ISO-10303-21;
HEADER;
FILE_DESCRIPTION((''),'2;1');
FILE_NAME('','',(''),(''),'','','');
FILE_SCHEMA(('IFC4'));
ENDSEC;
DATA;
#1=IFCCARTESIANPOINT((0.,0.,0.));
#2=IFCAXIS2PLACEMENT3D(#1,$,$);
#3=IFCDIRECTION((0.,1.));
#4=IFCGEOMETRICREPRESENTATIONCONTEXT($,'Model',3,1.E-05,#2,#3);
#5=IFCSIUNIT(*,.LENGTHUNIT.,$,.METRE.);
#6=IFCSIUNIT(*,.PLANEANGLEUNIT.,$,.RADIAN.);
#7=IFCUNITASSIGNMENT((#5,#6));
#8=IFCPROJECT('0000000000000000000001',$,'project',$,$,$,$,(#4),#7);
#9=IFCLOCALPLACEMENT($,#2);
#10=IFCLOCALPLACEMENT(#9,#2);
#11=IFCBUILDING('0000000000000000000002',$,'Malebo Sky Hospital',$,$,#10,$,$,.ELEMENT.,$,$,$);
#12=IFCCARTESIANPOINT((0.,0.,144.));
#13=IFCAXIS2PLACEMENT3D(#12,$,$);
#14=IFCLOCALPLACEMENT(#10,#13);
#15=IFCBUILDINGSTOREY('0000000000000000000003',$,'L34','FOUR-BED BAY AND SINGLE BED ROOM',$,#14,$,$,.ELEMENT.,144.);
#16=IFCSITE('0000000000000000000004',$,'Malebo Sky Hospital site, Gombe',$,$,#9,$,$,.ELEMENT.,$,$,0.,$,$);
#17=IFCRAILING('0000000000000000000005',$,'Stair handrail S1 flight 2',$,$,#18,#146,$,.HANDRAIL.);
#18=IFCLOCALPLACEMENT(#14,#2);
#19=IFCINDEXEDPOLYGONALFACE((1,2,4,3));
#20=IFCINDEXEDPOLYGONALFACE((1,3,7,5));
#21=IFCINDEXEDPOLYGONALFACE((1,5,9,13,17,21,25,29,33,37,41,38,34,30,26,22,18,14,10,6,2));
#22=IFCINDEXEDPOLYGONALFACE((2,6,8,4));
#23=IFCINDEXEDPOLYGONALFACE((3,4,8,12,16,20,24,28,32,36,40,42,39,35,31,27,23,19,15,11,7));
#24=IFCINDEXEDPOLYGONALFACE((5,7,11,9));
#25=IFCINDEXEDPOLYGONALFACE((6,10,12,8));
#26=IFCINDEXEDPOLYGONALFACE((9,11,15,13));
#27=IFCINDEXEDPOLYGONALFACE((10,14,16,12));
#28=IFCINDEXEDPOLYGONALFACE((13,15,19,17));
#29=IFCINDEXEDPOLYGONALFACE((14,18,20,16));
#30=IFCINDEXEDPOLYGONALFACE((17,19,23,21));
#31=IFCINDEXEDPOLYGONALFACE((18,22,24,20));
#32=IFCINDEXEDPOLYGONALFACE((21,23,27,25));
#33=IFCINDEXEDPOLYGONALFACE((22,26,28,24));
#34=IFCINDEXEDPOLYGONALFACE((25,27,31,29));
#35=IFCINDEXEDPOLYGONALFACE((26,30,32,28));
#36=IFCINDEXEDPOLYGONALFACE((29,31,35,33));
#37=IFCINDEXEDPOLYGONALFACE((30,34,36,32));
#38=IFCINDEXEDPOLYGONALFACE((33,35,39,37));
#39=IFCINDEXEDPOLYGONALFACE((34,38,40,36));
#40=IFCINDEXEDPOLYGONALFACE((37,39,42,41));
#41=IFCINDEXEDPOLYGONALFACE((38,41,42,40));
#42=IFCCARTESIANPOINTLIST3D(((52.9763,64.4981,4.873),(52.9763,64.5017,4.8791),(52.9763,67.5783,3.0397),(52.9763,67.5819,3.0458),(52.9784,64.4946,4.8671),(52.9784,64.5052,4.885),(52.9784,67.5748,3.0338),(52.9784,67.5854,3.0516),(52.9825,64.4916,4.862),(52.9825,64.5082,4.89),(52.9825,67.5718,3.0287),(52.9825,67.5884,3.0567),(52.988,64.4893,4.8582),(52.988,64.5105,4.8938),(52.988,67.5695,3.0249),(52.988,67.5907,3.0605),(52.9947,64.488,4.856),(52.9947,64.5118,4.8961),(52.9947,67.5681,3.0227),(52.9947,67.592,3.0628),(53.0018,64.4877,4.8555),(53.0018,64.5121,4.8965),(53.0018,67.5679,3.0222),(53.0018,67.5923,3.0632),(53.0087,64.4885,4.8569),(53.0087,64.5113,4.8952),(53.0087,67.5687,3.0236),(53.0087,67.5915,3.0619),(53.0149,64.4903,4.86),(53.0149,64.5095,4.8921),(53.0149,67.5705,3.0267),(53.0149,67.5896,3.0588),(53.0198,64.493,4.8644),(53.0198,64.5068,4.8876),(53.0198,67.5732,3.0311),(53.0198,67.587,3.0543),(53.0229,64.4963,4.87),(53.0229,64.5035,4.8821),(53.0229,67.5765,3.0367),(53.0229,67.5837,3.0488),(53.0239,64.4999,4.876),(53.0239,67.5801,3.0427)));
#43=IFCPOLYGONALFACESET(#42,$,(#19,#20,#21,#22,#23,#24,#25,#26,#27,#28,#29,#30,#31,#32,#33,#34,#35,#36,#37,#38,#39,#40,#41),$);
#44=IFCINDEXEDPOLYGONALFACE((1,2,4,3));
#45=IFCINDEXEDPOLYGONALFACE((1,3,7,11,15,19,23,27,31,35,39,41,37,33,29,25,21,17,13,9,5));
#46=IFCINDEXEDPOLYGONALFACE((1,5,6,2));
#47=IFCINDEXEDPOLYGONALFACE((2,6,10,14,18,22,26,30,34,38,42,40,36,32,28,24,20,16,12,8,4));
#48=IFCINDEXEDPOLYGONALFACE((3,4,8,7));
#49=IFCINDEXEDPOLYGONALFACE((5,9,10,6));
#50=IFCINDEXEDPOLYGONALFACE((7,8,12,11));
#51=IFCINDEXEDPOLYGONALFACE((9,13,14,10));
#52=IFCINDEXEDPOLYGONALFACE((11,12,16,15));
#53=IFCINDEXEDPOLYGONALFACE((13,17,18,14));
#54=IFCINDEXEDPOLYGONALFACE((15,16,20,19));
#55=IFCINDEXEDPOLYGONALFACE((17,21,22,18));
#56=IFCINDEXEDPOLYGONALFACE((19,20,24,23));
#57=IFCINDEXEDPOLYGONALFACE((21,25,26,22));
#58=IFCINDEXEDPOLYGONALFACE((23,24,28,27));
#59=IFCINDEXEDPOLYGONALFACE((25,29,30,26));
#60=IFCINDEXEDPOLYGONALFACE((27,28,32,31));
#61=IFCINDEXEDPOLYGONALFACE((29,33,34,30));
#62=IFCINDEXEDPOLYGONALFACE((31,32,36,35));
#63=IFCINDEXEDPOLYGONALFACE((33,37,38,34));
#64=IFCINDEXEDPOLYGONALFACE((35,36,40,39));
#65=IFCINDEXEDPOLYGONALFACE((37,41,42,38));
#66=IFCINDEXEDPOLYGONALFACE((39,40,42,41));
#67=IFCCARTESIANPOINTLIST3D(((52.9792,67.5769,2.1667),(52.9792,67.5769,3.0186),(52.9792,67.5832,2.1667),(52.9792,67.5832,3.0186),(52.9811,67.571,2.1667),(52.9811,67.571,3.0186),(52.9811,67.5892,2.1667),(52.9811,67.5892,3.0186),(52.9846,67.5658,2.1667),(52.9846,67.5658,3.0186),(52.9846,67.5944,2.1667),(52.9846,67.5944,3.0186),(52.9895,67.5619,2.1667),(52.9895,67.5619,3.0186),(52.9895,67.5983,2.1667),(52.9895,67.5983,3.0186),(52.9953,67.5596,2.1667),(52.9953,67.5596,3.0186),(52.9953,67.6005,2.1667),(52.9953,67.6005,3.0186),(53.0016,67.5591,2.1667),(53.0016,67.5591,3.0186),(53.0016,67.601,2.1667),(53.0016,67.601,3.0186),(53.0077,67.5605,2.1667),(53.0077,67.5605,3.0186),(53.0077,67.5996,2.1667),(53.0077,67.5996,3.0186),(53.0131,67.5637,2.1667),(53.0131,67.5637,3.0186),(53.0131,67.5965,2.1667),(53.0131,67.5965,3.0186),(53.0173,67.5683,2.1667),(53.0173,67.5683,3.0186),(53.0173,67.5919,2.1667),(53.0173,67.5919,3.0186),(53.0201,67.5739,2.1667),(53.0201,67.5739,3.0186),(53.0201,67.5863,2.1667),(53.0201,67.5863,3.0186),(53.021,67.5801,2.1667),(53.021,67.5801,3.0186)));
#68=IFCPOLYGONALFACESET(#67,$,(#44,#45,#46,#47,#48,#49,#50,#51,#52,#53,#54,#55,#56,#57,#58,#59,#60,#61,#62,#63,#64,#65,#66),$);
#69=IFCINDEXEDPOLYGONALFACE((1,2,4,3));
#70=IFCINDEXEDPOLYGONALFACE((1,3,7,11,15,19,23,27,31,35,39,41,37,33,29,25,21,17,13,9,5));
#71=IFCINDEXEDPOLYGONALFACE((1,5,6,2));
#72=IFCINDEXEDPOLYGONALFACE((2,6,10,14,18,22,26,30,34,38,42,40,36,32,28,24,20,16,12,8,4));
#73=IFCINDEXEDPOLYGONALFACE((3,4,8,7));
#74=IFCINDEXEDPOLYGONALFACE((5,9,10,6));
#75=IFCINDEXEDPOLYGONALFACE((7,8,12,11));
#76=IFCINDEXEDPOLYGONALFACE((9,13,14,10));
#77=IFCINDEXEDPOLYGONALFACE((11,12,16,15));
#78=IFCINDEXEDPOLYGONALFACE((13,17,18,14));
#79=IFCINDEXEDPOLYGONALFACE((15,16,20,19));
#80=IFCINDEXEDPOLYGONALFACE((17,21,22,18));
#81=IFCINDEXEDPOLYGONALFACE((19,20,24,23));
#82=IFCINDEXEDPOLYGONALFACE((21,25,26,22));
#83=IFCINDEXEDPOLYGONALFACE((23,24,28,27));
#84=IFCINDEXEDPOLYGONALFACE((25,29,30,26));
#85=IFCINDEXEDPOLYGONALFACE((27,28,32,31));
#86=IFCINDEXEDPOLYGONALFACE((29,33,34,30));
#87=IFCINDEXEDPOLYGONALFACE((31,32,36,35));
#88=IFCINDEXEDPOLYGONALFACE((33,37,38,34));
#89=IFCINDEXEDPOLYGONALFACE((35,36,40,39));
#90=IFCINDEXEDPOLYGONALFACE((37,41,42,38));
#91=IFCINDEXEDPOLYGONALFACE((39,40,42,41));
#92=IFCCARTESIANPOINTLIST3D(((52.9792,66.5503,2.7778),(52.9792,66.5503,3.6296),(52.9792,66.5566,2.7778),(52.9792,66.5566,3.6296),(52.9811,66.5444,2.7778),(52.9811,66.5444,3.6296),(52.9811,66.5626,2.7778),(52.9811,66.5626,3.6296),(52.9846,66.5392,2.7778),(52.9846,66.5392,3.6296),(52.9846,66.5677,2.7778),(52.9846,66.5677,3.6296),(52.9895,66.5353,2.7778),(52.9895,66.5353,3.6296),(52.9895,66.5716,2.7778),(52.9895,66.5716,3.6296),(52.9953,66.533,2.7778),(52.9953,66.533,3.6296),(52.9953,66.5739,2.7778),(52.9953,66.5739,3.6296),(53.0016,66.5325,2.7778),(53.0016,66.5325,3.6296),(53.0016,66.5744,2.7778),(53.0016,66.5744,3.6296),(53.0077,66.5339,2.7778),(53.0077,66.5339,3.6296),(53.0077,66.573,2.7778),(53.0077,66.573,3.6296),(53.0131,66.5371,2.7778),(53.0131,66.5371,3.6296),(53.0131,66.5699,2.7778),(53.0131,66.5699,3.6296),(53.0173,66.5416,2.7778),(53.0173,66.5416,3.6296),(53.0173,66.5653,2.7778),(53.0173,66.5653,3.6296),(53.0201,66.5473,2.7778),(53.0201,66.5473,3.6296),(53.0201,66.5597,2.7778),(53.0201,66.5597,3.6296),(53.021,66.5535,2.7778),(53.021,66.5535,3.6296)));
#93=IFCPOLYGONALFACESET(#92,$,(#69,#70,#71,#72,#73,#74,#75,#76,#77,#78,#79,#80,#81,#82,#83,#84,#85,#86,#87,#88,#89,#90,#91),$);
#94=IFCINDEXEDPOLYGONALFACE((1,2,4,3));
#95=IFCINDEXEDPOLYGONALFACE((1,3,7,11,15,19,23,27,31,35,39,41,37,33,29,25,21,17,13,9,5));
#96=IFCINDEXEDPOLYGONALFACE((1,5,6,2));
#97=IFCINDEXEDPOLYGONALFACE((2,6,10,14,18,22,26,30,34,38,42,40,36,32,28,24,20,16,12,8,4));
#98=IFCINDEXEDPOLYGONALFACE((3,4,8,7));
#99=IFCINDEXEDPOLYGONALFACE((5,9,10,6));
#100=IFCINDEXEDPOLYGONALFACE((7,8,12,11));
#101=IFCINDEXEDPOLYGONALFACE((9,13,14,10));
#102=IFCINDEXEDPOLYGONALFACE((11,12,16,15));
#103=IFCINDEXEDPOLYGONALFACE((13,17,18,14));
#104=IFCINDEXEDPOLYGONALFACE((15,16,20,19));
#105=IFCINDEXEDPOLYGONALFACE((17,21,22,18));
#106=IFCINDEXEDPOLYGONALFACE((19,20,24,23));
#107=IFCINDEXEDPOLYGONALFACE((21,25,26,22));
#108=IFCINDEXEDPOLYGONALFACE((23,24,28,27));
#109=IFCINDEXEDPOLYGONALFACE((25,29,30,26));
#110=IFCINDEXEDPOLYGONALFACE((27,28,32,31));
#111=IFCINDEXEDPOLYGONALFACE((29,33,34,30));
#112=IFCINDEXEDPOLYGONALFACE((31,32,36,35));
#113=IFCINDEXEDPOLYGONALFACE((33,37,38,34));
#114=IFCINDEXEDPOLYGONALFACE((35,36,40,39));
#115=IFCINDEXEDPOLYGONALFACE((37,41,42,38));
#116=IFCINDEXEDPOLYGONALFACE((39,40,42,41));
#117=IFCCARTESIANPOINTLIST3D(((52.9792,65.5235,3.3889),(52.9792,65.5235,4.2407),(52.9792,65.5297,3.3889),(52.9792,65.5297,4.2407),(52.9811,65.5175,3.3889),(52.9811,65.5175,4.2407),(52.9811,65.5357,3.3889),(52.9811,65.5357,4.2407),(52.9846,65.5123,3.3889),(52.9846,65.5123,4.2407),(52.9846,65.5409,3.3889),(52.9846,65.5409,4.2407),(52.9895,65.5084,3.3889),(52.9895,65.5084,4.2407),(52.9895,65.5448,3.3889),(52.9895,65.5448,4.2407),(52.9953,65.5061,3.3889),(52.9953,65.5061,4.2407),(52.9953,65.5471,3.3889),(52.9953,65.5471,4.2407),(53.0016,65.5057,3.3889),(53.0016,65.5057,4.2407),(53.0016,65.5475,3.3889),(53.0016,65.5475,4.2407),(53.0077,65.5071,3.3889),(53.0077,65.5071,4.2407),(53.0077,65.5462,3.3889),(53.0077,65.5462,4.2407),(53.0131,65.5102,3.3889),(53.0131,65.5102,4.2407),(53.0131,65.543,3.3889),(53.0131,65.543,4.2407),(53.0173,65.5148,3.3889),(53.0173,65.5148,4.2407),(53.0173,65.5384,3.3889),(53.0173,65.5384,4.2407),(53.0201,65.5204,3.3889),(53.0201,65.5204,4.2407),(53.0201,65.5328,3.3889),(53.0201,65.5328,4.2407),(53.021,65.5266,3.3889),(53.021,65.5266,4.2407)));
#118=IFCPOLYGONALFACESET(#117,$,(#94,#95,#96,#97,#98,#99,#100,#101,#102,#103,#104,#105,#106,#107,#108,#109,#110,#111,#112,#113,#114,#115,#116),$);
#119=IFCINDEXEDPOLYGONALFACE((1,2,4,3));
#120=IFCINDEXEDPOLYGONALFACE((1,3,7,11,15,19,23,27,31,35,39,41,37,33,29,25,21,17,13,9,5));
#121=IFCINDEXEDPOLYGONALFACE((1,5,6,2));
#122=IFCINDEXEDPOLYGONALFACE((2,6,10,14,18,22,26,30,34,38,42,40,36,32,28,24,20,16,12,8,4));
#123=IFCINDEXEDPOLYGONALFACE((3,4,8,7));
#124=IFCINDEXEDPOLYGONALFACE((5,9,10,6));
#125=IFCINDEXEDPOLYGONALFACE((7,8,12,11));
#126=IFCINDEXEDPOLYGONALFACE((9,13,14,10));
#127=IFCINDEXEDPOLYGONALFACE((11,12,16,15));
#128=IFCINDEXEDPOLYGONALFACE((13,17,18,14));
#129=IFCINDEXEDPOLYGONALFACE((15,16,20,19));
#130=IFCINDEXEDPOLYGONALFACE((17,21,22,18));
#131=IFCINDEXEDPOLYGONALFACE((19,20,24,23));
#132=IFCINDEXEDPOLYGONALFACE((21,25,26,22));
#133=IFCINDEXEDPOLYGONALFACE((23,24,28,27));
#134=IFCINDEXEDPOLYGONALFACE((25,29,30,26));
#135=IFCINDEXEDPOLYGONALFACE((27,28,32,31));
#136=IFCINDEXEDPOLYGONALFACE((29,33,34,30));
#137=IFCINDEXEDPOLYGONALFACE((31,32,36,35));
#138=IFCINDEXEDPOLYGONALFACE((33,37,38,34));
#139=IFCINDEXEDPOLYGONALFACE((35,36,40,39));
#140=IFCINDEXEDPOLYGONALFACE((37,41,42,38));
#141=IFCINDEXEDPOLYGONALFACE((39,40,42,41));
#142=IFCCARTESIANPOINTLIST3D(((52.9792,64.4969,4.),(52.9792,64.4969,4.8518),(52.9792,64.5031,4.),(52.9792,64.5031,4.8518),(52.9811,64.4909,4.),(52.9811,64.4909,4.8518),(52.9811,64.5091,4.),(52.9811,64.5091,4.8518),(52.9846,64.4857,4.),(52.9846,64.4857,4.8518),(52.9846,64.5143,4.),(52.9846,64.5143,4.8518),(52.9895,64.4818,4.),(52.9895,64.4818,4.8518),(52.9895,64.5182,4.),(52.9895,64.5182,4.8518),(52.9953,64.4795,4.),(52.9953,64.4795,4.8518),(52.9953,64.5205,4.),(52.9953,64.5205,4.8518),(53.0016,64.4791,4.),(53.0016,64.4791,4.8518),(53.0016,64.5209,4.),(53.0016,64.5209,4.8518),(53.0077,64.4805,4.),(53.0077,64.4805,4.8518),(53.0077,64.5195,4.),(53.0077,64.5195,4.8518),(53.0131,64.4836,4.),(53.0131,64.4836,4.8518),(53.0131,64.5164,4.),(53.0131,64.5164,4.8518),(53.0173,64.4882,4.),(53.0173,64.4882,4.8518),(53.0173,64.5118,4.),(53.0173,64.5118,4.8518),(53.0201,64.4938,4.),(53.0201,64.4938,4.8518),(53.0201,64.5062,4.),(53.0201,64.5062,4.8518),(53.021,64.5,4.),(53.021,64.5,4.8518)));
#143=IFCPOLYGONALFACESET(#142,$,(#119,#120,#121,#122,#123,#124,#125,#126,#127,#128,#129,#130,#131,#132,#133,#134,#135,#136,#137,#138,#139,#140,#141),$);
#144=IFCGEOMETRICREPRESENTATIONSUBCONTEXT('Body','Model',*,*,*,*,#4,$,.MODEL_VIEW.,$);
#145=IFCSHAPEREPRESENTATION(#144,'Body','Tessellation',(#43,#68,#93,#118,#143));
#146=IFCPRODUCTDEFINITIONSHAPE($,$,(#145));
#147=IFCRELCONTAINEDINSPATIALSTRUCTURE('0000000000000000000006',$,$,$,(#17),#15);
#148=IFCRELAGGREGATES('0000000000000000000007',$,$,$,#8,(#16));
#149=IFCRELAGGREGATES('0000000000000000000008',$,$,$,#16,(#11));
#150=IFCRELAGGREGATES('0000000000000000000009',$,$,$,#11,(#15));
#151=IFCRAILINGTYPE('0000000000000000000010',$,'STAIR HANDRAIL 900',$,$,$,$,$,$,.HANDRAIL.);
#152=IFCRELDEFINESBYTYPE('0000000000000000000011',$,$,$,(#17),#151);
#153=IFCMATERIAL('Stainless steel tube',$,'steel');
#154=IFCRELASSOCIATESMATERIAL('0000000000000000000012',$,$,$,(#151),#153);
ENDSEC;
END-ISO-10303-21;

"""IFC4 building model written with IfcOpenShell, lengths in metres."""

from ifc_helpers import new_model, si_unit, direction, frame, origin, origin_2d, place, context, subcontext, project, spatial, circle, extrude, material, type_object, element, save


model = new_model("IFC4")

# Units and contexts
model_context = context("Model", 3, precision=1e-05, world=origin(), true_north=direction((0.0, 1.0)))
body_context = subcontext(model_context, "Body", "Model", "MODEL_VIEW")
ifc_project = project(units=[si_unit("LENGTHUNIT", "METRE"), si_unit("PLANEANGLEUNIT", "RADIAN")], contexts=[model_context])

# Site, building, storey
site_placement = place(None, origin())
site = spatial("IfcSite", under=ifc_project, at=site_placement, Name="Malebo Sky Hospital site, Gombe", CompositionType="ELEMENT", RefElevation=0.0)
building_placement = place(site_placement, origin())
building = spatial("IfcBuilding", under=site, at=building_placement, Name="Malebo Sky Hospital", CompositionType="ELEMENT")
storey_placement = place(building_placement, frame((0.0, 0.0, 144.0)))
storey = spatial("IfcBuildingStorey", under=building, at=storey_placement, Name="L34", Description="FOUR-BED BAY AND SINGLE BED ROOM", CompositionType="ELEMENT", Elevation=144.0)

# Railing
ifc_material_1 = material(Name="Stainless steel tube", Category="steel")
railing_type = type_object("IfcRailingType", Name="STAIR HANDRAIL 900", PredefinedType="HANDRAIL", material=ifc_material_1)
railing_1_placement = place(storey_placement, frame((53.0, 67.5801, 2.1667)))
element("IfcRailing", 1, at=railing_1_placement, inside=storey, type_object=railing_type, Name="Stair handrail S1 flight 2", PredefinedType="HANDRAIL", context=body_context, shape_type="SweptSolid", body=[
    extrude(circle(Radius=0.0239, at=origin_2d()), frame((0.0, 0.0, 0.876), z_axis=(0.0, -0.859309, 0.511458), x_axis=(1.0, 0.0, 0.0)), (0.0, 0.0, 1.0), 3.5845),
    extrude(circle(Radius=0.021, at=origin_2d()), origin(), (0.0, 0.0, 1.0), 0.8518),
    extrude(circle(Radius=0.021, at=origin_2d()), frame((0.0, -1.0266, 0.6111)), (0.0, 0.0, 1.0), 0.8518),
    extrude(circle(Radius=0.021, at=origin_2d()), frame((0.0, -2.0535, 1.2222)), (0.0, 0.0, 1.0), 0.8518),
    extrude(circle(Radius=0.021, at=origin_2d()), frame((0.0, -3.0801, 1.8333)), (0.0, 0.0, 1.0), 0.8518),
])

save(model, "model.ifc")
